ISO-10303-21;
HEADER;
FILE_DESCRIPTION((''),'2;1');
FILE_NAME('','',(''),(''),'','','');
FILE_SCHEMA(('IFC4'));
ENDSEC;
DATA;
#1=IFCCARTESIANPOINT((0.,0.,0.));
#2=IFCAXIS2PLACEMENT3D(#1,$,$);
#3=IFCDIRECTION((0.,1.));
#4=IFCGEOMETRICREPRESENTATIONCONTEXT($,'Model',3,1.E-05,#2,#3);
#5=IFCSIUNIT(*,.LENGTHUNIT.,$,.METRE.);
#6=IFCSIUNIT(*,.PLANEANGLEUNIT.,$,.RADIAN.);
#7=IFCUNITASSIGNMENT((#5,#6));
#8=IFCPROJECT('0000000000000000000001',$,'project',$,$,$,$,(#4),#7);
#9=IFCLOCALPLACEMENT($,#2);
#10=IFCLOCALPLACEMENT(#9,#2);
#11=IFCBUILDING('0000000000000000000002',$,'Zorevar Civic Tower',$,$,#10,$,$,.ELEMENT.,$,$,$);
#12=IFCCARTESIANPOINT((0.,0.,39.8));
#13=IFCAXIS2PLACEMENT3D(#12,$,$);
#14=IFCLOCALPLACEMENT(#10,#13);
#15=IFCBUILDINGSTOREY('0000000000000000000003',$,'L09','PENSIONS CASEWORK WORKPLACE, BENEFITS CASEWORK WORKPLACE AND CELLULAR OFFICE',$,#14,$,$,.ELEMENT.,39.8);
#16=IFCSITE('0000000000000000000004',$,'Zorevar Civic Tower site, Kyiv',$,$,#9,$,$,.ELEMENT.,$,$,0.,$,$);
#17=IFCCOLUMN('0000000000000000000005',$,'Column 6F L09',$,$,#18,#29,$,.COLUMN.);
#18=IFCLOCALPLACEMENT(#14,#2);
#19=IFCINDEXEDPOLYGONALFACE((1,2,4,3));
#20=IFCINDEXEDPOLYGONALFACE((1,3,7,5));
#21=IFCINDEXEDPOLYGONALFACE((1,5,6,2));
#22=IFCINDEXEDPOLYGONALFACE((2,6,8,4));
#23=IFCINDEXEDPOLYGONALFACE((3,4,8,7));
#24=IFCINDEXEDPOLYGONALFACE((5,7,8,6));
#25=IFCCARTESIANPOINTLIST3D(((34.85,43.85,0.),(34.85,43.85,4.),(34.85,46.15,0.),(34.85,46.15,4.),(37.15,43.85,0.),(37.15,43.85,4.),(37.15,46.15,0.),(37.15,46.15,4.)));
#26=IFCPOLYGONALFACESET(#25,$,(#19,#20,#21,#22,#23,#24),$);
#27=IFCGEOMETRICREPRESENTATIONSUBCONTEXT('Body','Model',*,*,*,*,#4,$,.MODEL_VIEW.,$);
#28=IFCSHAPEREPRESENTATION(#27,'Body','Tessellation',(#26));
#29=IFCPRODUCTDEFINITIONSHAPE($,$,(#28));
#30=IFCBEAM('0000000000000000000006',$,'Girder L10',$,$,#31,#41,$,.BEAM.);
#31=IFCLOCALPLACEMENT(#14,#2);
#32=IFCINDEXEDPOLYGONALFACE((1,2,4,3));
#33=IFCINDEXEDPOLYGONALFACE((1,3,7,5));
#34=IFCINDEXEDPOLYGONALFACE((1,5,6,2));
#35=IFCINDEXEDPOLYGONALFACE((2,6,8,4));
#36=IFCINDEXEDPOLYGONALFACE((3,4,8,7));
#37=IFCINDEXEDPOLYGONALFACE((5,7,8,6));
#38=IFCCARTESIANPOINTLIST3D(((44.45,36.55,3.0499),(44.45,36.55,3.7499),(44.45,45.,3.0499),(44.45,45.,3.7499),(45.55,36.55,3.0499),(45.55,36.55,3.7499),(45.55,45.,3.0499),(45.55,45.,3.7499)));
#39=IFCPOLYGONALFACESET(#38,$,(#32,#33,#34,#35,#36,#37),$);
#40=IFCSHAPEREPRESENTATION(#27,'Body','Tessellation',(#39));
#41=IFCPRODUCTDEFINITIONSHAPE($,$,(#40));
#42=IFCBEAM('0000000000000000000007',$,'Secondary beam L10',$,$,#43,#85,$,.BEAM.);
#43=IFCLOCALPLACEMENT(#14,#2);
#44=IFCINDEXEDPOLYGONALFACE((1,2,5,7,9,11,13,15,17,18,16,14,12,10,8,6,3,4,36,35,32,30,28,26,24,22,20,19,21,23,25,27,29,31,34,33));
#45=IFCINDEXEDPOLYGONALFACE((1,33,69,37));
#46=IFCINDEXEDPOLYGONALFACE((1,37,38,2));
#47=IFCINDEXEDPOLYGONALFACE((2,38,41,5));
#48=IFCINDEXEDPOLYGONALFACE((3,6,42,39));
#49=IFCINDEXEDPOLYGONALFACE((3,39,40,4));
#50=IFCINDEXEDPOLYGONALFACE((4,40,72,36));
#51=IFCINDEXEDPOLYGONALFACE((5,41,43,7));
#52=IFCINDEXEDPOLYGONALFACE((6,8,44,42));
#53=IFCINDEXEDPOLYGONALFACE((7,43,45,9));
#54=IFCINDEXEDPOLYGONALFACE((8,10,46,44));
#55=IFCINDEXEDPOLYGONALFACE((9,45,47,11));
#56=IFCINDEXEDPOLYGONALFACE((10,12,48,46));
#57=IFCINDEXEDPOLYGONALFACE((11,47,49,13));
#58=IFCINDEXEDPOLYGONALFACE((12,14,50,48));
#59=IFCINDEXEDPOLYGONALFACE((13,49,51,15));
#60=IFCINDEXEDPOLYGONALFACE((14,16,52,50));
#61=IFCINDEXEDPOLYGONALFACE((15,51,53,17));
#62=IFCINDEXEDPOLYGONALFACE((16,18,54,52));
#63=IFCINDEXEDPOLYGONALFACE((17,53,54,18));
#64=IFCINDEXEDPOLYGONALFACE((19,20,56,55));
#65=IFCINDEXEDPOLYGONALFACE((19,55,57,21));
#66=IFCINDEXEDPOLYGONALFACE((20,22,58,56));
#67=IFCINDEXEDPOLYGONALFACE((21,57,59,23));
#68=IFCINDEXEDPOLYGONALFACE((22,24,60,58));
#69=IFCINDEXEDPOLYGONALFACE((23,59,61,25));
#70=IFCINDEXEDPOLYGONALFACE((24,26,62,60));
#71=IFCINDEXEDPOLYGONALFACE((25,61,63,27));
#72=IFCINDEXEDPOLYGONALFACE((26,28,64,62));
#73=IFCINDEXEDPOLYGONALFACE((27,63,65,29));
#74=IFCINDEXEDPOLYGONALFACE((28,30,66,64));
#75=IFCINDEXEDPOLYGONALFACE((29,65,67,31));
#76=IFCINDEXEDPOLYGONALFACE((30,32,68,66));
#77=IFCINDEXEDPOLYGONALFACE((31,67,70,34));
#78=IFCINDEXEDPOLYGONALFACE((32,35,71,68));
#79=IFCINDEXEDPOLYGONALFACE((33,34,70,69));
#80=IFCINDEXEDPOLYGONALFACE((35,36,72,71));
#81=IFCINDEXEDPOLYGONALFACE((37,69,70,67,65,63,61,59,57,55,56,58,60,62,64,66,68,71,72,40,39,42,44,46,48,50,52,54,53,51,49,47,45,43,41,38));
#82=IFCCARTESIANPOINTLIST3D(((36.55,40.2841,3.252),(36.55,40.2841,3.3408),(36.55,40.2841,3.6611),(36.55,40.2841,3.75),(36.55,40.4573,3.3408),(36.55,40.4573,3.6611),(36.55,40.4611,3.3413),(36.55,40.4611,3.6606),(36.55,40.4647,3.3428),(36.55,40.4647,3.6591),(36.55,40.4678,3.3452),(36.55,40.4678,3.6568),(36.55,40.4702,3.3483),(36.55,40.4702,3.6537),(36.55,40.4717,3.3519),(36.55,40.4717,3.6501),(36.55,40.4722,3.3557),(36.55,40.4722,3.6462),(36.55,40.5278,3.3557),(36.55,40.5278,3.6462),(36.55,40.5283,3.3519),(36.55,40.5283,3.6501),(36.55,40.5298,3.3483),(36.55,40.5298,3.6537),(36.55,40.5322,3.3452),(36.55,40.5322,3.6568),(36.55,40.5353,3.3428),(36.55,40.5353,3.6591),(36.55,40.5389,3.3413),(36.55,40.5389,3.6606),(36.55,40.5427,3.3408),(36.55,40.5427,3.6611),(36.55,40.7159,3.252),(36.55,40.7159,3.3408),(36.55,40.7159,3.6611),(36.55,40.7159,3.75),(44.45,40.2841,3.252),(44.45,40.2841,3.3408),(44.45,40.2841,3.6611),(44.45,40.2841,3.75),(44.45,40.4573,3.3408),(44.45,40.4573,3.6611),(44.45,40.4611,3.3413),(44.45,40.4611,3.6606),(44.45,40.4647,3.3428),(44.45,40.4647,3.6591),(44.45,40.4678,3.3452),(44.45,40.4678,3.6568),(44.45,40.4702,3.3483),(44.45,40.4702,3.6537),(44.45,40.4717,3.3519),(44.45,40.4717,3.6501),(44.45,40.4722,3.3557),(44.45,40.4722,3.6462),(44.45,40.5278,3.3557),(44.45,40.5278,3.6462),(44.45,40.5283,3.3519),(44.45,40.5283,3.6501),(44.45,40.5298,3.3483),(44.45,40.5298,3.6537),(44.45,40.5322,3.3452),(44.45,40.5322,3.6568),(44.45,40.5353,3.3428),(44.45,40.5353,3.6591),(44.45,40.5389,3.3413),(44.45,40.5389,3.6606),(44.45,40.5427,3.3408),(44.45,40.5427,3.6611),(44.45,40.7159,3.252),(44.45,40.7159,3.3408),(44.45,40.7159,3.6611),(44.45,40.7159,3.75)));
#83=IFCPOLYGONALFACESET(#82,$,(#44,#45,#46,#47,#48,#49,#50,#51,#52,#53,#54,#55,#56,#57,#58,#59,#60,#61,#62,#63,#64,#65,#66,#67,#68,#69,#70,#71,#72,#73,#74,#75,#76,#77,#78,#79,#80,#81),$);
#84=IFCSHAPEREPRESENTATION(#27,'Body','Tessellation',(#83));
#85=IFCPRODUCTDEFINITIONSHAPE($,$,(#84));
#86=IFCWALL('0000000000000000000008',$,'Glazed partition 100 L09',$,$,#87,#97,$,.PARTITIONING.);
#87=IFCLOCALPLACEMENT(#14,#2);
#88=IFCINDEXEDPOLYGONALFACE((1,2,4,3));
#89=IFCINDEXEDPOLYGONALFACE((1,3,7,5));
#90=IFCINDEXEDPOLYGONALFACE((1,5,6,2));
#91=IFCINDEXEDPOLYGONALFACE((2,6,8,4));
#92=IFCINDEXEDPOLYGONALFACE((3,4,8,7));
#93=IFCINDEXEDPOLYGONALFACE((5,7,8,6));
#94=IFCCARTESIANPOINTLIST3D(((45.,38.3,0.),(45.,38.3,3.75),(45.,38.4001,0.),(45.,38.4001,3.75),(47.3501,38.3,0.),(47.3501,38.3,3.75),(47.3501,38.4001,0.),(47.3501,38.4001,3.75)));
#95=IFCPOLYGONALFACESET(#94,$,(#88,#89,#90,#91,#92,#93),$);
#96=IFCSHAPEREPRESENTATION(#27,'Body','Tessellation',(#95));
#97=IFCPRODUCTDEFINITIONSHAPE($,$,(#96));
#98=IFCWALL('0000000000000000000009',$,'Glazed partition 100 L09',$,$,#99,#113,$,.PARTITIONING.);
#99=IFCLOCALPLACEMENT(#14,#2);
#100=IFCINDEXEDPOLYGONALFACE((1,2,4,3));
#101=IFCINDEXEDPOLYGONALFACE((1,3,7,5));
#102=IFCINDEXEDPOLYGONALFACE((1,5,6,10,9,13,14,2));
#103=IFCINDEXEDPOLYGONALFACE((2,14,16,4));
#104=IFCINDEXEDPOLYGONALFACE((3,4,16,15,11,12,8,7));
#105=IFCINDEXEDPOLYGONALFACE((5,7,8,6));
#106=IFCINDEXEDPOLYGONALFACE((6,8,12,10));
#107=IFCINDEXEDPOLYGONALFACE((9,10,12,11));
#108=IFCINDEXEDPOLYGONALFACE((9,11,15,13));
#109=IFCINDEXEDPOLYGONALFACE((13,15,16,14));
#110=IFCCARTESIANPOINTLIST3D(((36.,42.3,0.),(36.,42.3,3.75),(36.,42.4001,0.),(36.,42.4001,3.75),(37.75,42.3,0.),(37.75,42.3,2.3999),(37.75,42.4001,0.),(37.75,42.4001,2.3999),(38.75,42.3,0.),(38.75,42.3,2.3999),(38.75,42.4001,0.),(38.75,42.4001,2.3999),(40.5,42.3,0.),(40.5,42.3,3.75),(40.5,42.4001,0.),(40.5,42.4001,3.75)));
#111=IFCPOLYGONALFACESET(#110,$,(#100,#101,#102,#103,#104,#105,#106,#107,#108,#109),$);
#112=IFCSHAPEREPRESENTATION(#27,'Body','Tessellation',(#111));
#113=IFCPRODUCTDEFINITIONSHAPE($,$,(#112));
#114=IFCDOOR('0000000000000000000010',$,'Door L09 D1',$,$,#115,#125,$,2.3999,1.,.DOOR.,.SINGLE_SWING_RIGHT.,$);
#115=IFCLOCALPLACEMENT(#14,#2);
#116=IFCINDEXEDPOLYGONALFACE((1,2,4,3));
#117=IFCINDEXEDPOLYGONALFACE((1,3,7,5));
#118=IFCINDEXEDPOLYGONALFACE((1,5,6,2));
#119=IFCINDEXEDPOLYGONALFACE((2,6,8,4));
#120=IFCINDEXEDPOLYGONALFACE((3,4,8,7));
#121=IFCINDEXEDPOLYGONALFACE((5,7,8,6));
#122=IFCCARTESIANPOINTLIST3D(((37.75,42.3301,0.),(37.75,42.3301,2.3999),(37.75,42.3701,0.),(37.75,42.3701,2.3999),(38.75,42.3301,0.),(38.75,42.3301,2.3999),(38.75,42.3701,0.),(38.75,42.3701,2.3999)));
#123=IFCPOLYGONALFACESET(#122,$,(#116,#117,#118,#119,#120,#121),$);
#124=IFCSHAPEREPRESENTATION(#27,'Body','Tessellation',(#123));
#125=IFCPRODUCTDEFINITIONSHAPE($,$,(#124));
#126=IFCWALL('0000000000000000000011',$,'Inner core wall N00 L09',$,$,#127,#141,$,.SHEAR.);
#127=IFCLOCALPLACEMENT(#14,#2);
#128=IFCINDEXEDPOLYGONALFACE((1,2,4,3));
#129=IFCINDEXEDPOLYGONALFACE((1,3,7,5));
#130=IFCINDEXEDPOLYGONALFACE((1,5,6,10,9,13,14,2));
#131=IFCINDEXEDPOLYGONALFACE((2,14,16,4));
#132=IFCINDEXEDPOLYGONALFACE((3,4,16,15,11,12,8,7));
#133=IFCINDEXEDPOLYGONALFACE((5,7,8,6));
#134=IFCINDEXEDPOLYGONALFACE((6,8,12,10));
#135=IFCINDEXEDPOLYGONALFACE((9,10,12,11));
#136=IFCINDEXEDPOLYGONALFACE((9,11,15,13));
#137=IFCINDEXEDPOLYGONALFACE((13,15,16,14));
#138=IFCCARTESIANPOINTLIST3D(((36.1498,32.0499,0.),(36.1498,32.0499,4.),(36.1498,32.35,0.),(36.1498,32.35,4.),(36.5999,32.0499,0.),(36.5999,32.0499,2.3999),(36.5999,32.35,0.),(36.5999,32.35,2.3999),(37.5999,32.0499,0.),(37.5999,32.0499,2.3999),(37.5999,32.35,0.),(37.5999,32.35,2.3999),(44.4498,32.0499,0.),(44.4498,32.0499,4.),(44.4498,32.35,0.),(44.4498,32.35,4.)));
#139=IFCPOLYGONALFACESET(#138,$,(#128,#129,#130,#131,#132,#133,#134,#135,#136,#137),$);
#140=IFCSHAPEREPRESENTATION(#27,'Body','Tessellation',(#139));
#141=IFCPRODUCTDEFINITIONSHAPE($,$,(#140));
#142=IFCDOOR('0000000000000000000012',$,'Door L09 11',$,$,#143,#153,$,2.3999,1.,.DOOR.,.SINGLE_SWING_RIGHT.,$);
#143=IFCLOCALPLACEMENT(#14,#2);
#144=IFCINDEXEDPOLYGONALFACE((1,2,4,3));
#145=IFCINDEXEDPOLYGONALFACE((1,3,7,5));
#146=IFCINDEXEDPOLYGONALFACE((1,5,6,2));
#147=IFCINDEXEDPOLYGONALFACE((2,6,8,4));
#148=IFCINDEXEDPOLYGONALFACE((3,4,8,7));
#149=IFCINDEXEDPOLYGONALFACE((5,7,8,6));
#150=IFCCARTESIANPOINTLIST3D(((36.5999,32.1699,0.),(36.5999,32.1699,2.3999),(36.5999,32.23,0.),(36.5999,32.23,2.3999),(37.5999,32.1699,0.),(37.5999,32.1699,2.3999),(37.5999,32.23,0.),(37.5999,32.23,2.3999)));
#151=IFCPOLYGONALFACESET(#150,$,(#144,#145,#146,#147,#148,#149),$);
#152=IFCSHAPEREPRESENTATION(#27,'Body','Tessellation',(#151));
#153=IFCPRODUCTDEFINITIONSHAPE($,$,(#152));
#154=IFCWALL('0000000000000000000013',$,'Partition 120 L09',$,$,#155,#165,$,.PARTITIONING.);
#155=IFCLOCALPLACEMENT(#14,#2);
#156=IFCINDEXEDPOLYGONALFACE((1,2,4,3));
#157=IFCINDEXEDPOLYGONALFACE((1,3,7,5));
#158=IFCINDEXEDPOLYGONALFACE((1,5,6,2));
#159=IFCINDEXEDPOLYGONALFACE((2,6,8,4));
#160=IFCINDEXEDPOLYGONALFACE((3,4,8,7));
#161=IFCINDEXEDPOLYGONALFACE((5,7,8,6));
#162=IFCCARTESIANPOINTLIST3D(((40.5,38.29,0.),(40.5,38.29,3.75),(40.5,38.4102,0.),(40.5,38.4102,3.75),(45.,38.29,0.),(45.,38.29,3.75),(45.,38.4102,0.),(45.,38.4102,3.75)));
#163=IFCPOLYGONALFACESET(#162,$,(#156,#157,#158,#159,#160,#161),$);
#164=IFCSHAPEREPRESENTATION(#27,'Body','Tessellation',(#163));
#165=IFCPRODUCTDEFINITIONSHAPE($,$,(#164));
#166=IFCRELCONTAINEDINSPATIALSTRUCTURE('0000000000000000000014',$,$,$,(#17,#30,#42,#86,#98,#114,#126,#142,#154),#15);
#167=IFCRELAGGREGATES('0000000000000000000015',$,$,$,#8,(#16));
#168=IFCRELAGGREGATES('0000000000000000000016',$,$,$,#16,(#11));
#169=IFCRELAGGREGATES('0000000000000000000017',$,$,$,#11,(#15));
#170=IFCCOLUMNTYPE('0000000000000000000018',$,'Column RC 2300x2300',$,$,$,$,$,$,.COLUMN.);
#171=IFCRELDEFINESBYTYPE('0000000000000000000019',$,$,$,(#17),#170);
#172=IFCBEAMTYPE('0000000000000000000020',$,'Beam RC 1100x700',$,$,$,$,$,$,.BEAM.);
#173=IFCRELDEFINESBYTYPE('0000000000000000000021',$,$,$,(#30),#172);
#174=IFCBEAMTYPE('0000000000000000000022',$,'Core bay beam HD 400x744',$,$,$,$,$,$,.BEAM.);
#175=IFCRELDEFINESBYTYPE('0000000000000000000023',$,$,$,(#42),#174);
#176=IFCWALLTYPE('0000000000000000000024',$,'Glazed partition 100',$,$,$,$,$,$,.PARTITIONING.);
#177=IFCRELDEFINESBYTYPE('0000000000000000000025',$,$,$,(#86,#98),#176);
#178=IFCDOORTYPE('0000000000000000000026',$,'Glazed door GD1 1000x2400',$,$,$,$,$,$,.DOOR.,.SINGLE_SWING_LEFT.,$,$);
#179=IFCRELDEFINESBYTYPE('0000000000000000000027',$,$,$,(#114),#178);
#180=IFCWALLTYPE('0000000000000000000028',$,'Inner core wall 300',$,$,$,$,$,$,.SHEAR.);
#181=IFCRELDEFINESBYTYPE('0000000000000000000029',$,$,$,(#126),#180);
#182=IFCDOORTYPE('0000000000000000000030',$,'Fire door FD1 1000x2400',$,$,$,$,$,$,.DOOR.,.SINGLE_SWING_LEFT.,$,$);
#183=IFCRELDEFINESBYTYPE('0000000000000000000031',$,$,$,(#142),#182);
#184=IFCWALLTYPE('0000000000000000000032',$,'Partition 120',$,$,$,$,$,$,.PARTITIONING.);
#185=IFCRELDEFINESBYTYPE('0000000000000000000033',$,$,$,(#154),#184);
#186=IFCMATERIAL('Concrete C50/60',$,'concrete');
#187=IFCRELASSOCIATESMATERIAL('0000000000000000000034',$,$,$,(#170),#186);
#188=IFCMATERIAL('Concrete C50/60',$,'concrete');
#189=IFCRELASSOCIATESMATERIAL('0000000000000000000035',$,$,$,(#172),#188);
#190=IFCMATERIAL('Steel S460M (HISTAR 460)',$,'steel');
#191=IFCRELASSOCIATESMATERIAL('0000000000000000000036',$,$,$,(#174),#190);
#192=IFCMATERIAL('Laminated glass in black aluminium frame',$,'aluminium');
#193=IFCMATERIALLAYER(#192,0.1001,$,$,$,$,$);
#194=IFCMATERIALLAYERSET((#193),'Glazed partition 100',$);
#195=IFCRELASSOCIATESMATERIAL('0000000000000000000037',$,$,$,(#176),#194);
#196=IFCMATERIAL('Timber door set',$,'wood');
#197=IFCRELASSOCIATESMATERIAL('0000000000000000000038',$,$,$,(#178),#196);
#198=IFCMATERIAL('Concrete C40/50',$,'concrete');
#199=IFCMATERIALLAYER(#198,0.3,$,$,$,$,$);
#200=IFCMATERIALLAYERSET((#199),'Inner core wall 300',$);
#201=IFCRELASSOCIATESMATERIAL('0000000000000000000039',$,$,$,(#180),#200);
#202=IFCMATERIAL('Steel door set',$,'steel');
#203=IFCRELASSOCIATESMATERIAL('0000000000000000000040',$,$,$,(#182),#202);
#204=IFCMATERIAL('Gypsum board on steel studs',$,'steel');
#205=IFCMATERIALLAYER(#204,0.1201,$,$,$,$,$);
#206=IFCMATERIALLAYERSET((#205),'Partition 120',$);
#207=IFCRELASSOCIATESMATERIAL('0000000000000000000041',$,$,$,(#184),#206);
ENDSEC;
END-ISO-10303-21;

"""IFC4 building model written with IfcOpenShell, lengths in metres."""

from ifc_helpers import new_model, si_unit, direction, frame, frame_2d, origin, origin_2d, place, context, subcontext, project, spatial, rectangle, i_section, extrude, material, layer, layer_set, material_profile, profile_set, type_object, element, fill, save


model = new_model("IFC4")

# Units and contexts
model_context = context("Model", 3, precision=1e-05, world=origin(), true_north=direction((0.0, 1.0)))
body_context = subcontext(model_context, "Body", "Model", "MODEL_VIEW")
ifc_project = project(units=[si_unit("LENGTHUNIT", "METRE"), si_unit("PLANEANGLEUNIT", "RADIAN")], contexts=[model_context])

# Site, building, storey
site_placement = place(None, origin())
site = spatial("IfcSite", under=ifc_project, at=site_placement, Name="Zorevar Civic Tower site, Kyiv", CompositionType="ELEMENT", RefElevation=0.0)
building_placement = place(site_placement, origin())
building = spatial("IfcBuilding", under=site, at=building_placement, Name="Zorevar Civic Tower", CompositionType="ELEMENT")
storey_placement = place(building_placement, frame((0.0, 0.0, 39.8)))
storey = spatial("IfcBuildingStorey", under=building, at=storey_placement, Name="L09", Description="PENSIONS CASEWORK WORKPLACE, BENEFITS CASEWORK WORKPLACE AND CELLULAR OFFICE", CompositionType="ELEMENT", Elevation=39.8)

# Column
ifc_material_1 = material(Name="Concrete C50/60", Category="concrete")
ifc_material_profile_1 = material_profile(ifc_material_1, rectangle(XDim=2.3, YDim=2.3, at=origin_2d()), Name="RC 2300x2300")
ifc_profile_set_1 = profile_set([ifc_material_profile_1], Name="Concrete C50/60")
column_type = type_object("IfcColumnType", Name="Column RC 2300x2300", PredefinedType="COLUMN", material=ifc_profile_set_1)
column_placement = place(storey_placement, frame((36.0, 45.0, 0.0), z_axis=(0.0, 0.0, 1.0), x_axis=(1.0, 0.0, 0.0)))
element("IfcColumn", 1, at=column_placement, inside=storey, type_object=column_type, Name="Column 6F L09", PredefinedType="COLUMN", context=body_context, shape_type="SweptSolid", body=[
    extrude(rectangle(XDim=2.3, YDim=2.3, at=origin_2d()), origin(), (0.0, 0.0, 1.0), 4.0),
])

# Beams
ifc_material_2 = material(Name="Concrete C50/60", Category="concrete")
ifc_material_profile_2 = material_profile(ifc_material_2, rectangle(XDim=1.1001, YDim=0.7, at=origin_2d()), Name="RC 1100x700")
ifc_profile_set_2 = profile_set([ifc_material_profile_2], Name="Concrete C50/60")
beam_type_1 = type_object("IfcBeamType", Name="Beam RC 1100x700", PredefinedType="BEAM", material=ifc_profile_set_2)
beam_1_placement = place(storey_placement, frame((45.0, 36.55, 3.3999), z_axis=(0.0, 1.0, 0.0), x_axis=(-1.0, 0.0, 0.0)))
element("IfcBeam", 2, at=beam_1_placement, inside=storey, type_object=beam_type_1, Name="Girder L10", PredefinedType="BEAM", context=body_context, shape_type="SweptSolid", body=[
    extrude(rectangle(XDim=1.1001, YDim=0.7, at=origin_2d()), origin(), (0.0, 0.0, 1.0), 8.45),
])
ifc_material_3 = material(Name="Steel S460M (HISTAR 460)", Category="steel")
ifc_material_profile_3 = material_profile(ifc_material_3, i_section(OverallWidth=0.4319, OverallDepth=0.498, WebThickness=0.0557, FlangeThickness=0.0889, FilletRadius=0.0149, at=origin_2d()), Name="HD 400x744")
ifc_profile_set_3 = profile_set([ifc_material_profile_3], Name="Steel S460M (HISTAR 460)")
beam_type_2 = type_object("IfcBeamType", Name="Core bay beam HD 400x744", PredefinedType="BEAM", material=ifc_profile_set_3)
beam_2_placement = place(storey_placement, frame((36.55, 40.5, 3.501), z_axis=(1.0, 0.0, 0.0), x_axis=(0.0, 1.0, 0.0)))
element("IfcBeam", 3, at=beam_2_placement, inside=storey, type_object=beam_type_2, Name="Secondary beam L10", PredefinedType="BEAM", context=body_context, shape_type="SweptSolid", body=[
    extrude(i_section(OverallWidth=0.4319, OverallDepth=0.498, WebThickness=0.0557, FlangeThickness=0.0889, FilletRadius=0.0149, at=origin_2d()), origin(), (0.0, 0.0, 1.0), 7.8999),
])

# Wall
ifc_material_4 = material(Name="Laminated glass in black aluminium frame", Category="aluminium")
ifc_layer_1 = layer(ifc_material_4, 0.1001)
ifc_layer_set_1 = layer_set([ifc_layer_1], Name="Glazed partition 100")
wall_type_1 = type_object("IfcWallType", Name="Glazed partition 100", PredefinedType="PARTITIONING", material=ifc_layer_set_1)
wall_1_placement = place(storey_placement, frame((45.0, 38.3501, 0.0), z_axis=(0.0, 0.0, 1.0), x_axis=(1.0, 0.0, 0.0)))
element("IfcWall", 4, at=wall_1_placement, inside=storey, type_object=wall_type_1, Name="Glazed partition 100 L09", PredefinedType="PARTITIONING", context=body_context, shape_type="SweptSolid", body=[
    extrude(rectangle(XDim=2.3501, YDim=0.1001, at=frame_2d((1.175, 0.0))), origin(), (0.0, 0.0, 1.0), 3.75),
])

# Walls, openings, doors
wall_2_placement = place(storey_placement, frame((36.0, 42.3501, 0.0), z_axis=(0.0, 0.0, 1.0), x_axis=(1.0, 0.0, 0.0)))
wall_2 = element("IfcWall", 5, at=wall_2_placement, inside=storey, type_object=wall_type_1, Name="Glazed partition 100 L09", PredefinedType="PARTITIONING", context=body_context, shape_type="SweptSolid", body=[
    extrude(rectangle(XDim=4.5, YDim=0.1001, at=frame_2d((2.25, 0.0))), origin(), (0.0, 0.0, 1.0), 3.75),
])
opening_1_placement = place(wall_2_placement, frame((1.75, 0.0, 0.0)))
opening_1 = element("IfcOpeningElement", 6, at=opening_1_placement, cuts=wall_2, PredefinedType="OPENING", context=body_context, shape_type="SweptSolid", body=[
    extrude(rectangle(XDim=1.0, YDim=2.3999, at=frame_2d((0.5, 1.2))), frame((0.0, 0.0601, 0.0), z_axis=(0.0, -1.0, 0.0), x_axis=(1.0, 0.0, 0.0)), (0.0, 0.0, 1.0), 0.1201),
])
ifc_material_5 = material(Name="Timber door set", Category="wood")
door_type_1 = type_object("IfcDoorType", Name="Glazed door GD1 1000x2400", OperationType="SINGLE_SWING_LEFT", PredefinedType="DOOR", material=ifc_material_5)
door_1_placement = place(opening_1_placement, origin())
door_1 = element("IfcDoor", 7, at=door_1_placement, inside=storey, type_object=door_type_1, Name="Door L09 D1", OperationType="SINGLE_SWING_RIGHT", OverallHeight=2.3999, OverallWidth=1.0, PredefinedType="DOOR", context=body_context, shape_type="SweptSolid", body=[
    extrude(rectangle(XDim=1.0, YDim=2.3999, at=frame_2d((0.5, 1.2))), frame((0.0, 0.02, 0.0), z_axis=(0.0, -1.0, 0.0), x_axis=(1.0, 0.0, 0.0)), (0.0, 0.0, 1.0), 0.04),
])
fill(opening_1, door_1)
ifc_material_6 = material(Name="Concrete C40/50", Category="concrete")
ifc_layer_2 = layer(ifc_material_6, 0.3)
ifc_layer_set_2 = layer_set([ifc_layer_2], Name="Inner core wall 300")
wall_type_2 = type_object("IfcWallType", Name="Inner core wall 300", PredefinedType="SHEAR", material=ifc_layer_set_2)
wall_3_placement = place(storey_placement, frame((36.1499, 32.2, 0.0), z_axis=(0.0, 0.0, 1.0), x_axis=(1.0, 0.0, 0.0)))
wall_3 = element("IfcWall", 8, at=wall_3_placement, inside=storey, type_object=wall_type_2, Name="Inner core wall N00 L09", PredefinedType="SHEAR", context=body_context, shape_type="SweptSolid", body=[
    extrude(rectangle(XDim=8.3, YDim=0.3, at=frame_2d((4.1499, 0.0))), origin(), (0.0, 0.0, 1.0), 4.0),
])
opening_2_placement = place(wall_3_placement, frame((0.45, 0.0, 0.0)))
opening_2 = element("IfcOpeningElement", 9, at=opening_2_placement, cuts=wall_3, PredefinedType="OPENING", context=body_context, shape_type="SweptSolid", body=[
    extrude(rectangle(XDim=1.0, YDim=2.3999, at=frame_2d((0.5, 1.2))), frame((0.0, 0.1599, 0.0), z_axis=(0.0, -1.0, 0.0), x_axis=(1.0, 0.0, 0.0)), (0.0, 0.0, 1.0), 0.3201),
])
ifc_material_7 = material(Name="Steel door set", Category="steel")
door_type_2 = type_object("IfcDoorType", Name="Fire door FD1 1000x2400", OperationType="SINGLE_SWING_LEFT", PredefinedType="DOOR", material=ifc_material_7)
door_2_placement = place(opening_2_placement, origin())
door_2 = element("IfcDoor", 10, at=door_2_placement, inside=storey, type_object=door_type_2, Name="Door L09 11", OperationType="SINGLE_SWING_RIGHT", OverallHeight=2.3999, OverallWidth=1.0, PredefinedType="DOOR", context=body_context, shape_type="SweptSolid", body=[
    extrude(rectangle(XDim=1.0, YDim=2.3999, at=frame_2d((0.5, 1.2))), frame((0.0, 0.03, 0.0), z_axis=(0.0, -1.0, 0.0), x_axis=(1.0, 0.0, 0.0)), (0.0, 0.0, 1.0), 0.0601),
])
fill(opening_2, door_2)

# Wall
ifc_material_8 = material(Name="Gypsum board on steel studs", Category="steel")
ifc_layer_3 = layer(ifc_material_8, 0.1201)
ifc_layer_set_3 = layer_set([ifc_layer_3], Name="Partition 120")
wall_type_3 = type_object("IfcWallType", Name="Partition 120", PredefinedType="PARTITIONING", material=ifc_layer_set_3)
wall_4_placement = place(storey_placement, frame((40.5, 38.3501, 0.0), z_axis=(0.0, 0.0, 1.0), x_axis=(1.0, 0.0, 0.0)))
element("IfcWall", 11, at=wall_4_placement, inside=storey, type_object=wall_type_3, Name="Partition 120 L09", PredefinedType="PARTITIONING", context=body_context, shape_type="SweptSolid", body=[
    extrude(rectangle(XDim=4.5, YDim=0.1201, at=frame_2d((2.25, 0.0))), origin(), (0.0, 0.0, 1.0), 3.75),
])

save(model, "model.ifc")
